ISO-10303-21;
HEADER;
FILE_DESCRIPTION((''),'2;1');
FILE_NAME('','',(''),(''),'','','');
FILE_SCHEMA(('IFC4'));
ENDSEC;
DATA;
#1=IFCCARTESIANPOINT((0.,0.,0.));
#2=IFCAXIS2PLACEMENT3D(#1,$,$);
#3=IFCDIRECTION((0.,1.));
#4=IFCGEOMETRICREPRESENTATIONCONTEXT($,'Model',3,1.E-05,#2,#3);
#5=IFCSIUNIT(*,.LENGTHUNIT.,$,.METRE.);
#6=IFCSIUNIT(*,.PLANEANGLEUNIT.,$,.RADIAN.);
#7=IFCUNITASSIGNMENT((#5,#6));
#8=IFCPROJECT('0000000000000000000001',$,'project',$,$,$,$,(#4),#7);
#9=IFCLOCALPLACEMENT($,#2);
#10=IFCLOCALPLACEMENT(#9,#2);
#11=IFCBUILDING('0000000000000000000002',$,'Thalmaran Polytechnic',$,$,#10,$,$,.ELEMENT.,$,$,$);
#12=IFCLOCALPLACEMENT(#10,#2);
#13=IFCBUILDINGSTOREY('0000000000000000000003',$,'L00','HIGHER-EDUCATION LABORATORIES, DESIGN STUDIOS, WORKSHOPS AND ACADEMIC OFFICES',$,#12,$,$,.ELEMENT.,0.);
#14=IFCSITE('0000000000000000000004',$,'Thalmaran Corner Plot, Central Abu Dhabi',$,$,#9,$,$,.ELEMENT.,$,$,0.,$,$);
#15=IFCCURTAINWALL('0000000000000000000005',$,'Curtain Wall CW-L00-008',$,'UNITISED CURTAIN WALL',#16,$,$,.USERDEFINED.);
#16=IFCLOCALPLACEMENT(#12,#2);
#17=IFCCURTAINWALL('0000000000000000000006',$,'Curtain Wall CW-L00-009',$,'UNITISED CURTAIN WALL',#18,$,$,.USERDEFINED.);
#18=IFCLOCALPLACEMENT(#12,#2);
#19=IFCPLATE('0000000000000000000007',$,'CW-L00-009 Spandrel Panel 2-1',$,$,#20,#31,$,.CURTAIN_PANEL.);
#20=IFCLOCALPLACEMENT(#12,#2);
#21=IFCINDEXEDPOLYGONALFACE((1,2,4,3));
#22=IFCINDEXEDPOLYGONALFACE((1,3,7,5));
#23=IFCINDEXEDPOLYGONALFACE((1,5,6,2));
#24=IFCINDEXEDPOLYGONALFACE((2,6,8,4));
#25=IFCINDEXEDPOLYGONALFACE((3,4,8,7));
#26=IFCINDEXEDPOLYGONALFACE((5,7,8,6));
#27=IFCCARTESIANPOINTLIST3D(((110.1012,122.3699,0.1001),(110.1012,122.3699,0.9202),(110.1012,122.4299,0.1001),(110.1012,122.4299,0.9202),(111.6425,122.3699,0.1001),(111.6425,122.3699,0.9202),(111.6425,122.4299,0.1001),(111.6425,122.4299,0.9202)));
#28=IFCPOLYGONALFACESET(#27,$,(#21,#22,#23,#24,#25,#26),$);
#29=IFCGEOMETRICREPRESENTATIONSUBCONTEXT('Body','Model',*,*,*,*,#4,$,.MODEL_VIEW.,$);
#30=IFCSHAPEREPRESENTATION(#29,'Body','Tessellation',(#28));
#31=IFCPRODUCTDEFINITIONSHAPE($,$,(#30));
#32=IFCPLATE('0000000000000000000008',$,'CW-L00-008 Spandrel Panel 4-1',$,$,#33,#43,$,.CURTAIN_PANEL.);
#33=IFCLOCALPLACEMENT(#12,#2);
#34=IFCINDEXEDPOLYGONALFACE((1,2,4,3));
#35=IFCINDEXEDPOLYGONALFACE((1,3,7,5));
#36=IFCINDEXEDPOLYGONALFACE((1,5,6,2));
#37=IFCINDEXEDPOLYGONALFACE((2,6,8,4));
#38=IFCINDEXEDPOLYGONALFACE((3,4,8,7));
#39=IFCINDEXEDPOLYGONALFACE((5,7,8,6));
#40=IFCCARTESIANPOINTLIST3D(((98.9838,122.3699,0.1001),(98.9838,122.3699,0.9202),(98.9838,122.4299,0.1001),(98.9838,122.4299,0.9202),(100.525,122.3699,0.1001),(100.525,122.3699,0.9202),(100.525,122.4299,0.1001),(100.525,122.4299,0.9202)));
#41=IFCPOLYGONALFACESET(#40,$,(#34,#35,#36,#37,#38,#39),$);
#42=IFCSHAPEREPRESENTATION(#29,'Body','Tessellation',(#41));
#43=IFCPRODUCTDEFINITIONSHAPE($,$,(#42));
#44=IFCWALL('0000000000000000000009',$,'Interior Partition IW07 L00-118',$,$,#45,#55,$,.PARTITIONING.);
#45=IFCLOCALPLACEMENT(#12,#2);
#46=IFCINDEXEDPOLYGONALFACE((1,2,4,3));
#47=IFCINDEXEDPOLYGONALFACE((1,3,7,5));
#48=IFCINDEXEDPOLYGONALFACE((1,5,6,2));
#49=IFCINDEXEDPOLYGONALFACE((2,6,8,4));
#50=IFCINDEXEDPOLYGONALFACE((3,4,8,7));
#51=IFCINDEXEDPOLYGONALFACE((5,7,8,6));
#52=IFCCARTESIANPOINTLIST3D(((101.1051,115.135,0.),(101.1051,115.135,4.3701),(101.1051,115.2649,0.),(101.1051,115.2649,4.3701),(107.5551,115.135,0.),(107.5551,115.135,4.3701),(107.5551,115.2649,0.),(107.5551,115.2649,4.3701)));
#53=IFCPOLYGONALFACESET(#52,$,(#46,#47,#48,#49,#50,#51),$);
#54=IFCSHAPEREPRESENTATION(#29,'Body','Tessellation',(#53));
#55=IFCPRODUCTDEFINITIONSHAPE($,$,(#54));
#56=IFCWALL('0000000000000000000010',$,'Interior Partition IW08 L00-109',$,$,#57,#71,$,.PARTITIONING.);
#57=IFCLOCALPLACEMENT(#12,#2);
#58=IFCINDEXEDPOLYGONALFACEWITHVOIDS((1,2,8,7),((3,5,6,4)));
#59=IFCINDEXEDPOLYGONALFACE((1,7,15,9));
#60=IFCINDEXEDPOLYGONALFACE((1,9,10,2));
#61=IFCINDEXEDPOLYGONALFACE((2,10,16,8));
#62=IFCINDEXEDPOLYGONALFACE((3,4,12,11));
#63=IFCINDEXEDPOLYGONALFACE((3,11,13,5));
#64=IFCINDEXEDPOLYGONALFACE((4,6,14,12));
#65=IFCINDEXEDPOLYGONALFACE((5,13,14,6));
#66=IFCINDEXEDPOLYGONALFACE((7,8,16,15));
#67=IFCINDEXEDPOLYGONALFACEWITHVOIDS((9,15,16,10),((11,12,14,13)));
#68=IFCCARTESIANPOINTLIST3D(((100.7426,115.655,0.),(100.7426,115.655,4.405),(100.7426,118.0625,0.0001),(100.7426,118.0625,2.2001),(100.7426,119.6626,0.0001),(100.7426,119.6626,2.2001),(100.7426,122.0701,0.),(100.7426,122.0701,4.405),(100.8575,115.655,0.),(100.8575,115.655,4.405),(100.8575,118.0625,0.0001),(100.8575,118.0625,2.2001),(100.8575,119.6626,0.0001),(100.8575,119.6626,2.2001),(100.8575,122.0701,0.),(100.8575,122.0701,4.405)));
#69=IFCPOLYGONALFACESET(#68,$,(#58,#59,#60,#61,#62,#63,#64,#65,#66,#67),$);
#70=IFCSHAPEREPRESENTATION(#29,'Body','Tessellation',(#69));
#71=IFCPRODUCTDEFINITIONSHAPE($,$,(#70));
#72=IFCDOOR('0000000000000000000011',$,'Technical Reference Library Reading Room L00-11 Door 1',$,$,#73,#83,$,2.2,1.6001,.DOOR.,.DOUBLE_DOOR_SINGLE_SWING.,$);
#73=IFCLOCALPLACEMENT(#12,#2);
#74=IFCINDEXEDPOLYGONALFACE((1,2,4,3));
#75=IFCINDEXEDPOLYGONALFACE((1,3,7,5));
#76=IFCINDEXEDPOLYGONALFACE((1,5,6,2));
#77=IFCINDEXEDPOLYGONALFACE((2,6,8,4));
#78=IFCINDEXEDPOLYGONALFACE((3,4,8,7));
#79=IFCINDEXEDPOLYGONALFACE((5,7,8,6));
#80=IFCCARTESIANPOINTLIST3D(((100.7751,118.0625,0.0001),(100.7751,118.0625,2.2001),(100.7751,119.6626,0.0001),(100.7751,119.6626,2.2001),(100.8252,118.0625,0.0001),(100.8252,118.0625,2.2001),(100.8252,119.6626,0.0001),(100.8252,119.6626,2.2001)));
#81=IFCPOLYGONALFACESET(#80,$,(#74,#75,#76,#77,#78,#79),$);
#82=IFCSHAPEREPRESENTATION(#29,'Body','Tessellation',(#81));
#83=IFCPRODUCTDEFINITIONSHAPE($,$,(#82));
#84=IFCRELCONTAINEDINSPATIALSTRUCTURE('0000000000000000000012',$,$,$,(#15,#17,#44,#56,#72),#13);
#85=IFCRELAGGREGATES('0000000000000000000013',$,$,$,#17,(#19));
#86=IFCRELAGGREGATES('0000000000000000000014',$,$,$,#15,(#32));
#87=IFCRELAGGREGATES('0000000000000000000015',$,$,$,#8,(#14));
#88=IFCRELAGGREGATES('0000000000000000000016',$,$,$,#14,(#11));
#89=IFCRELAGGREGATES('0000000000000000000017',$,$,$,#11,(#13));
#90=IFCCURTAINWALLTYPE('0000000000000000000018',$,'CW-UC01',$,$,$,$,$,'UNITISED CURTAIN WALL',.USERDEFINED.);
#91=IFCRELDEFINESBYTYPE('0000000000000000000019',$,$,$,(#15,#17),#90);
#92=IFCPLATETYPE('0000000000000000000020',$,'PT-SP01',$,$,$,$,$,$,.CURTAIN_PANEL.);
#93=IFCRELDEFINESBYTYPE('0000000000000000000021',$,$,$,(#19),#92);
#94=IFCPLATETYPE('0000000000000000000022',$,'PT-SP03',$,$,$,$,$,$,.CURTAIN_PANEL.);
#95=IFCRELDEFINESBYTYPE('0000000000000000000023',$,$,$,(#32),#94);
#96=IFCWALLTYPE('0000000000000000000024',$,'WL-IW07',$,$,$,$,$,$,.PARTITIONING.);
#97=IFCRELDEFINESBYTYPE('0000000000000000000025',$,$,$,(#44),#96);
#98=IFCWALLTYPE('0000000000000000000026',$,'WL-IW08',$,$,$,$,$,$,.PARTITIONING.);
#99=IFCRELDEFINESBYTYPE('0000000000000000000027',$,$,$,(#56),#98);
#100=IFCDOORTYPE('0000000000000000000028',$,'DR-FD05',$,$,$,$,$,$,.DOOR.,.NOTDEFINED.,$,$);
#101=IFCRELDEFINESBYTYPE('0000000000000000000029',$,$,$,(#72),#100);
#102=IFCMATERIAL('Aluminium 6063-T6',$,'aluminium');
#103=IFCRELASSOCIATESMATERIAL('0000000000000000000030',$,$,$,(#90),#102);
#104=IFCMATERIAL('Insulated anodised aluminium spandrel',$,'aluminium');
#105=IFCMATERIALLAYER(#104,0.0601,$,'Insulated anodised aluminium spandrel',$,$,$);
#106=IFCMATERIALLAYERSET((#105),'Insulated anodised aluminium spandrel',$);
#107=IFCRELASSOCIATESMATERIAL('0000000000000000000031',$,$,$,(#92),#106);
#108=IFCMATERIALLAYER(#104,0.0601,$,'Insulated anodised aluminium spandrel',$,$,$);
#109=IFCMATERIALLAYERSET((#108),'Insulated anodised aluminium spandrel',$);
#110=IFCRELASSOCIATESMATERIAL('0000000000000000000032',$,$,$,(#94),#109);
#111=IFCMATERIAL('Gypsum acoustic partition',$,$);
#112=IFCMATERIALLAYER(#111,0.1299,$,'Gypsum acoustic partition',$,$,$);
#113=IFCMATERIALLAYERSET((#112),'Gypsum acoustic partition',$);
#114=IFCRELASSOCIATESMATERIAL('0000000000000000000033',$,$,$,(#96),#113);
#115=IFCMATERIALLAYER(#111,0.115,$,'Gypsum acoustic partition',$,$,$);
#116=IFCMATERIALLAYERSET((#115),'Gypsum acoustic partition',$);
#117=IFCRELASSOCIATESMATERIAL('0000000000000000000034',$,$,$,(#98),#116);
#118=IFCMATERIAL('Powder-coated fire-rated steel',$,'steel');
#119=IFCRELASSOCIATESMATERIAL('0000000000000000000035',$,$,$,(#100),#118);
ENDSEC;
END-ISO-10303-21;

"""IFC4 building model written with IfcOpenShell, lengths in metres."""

from ifc_helpers import new_model, si_unit, direction, frame, frame_2d, origin, origin_2d, place, context, subcontext, project, spatial, rectangle, extrude, material, layer, layer_set, type_object, element, fill, aggregate, save


model = new_model("IFC4")

# Units and contexts
model_context = context("Model", 3, precision=1e-05, world=origin(), true_north=direction((0.0, 1.0)))
body_context = subcontext(model_context, "Body", "Model", "MODEL_VIEW")
ifc_project = project(units=[si_unit("LENGTHUNIT", "METRE"), si_unit("PLANEANGLEUNIT", "RADIAN")], contexts=[model_context])

# Site, building, storey
site_placement = place(None, origin())
site = spatial("IfcSite", under=ifc_project, at=site_placement, Name="Thalmaran Corner Plot, Central Abu Dhabi", CompositionType="ELEMENT", RefElevation=0.0)
building_placement = place(site_placement, origin())
building = spatial("IfcBuilding", under=site, at=building_placement, Name="Thalmaran Polytechnic", CompositionType="ELEMENT")
storey_placement = place(building_placement, origin())
storey = spatial("IfcBuildingStorey", under=building, at=storey_placement, Name="L00", Description="HIGHER-EDUCATION LABORATORIES, DESIGN STUDIOS, WORKSHOPS AND ACADEMIC OFFICES", CompositionType="ELEMENT", Elevation=0.0)

# Curtain wall
ifc_material_1 = material(Name="Aluminium 6063-T6", Category="aluminium")
curtain_wall_type = type_object("IfcCurtainWallType", Name="CW-UC01", ElementType="UNITISED CURTAIN WALL", PredefinedType="USERDEFINED", material=ifc_material_1)
curtain_wall_1_placement = place(storey_placement, origin())
curtain_wall_1 = element("IfcCurtainWall", 1, at=curtain_wall_1_placement, inside=storey, type_object=curtain_wall_type, Name="Curtain Wall CW-L00-008", ObjectType="UNITISED CURTAIN WALL", PredefinedType="USERDEFINED")

# Curtain wall
curtain_wall_2_placement = place(storey_placement, origin())
curtain_wall_2 = element("IfcCurtainWall", 2, at=curtain_wall_2_placement, inside=storey, type_object=curtain_wall_type, Name="Curtain Wall CW-L00-009", ObjectType="UNITISED CURTAIN WALL", PredefinedType="USERDEFINED")

# Plates
ifc_material_2 = material(Name="Insulated anodised aluminium spandrel", Category="aluminium")
ifc_layer_1 = layer(ifc_material_2, 0.0601, Name="Insulated anodised aluminium spandrel")
ifc_layer_set_1 = layer_set([ifc_layer_1], Name="Insulated anodised aluminium spandrel")
plate_type_1 = type_object("IfcPlateType", Name="PT-SP01", PredefinedType="CURTAIN_PANEL", material=ifc_layer_set_1)
plate_1_placement = place(storey_placement, frame((110.8718, 122.3999, 0.1001), z_axis=(0.0, 0.0, 1.0), x_axis=(1.0, 0.0, 0.0)))
plate_1 = element("IfcPlate", 3, at=plate_1_placement, type_object=plate_type_1, Name="CW-L00-009 Spandrel Panel 2-1", PredefinedType="CURTAIN_PANEL", context=body_context, shape_type="SweptSolid", body=[
    extrude(rectangle(XDim=1.5413, YDim=0.0601, at=origin_2d()), origin(), (0.0, 0.0, 1.0), 0.8201),
])
aggregate(curtain_wall_2, [plate_1])
ifc_layer_2 = layer(ifc_material_2, 0.0601, Name="Insulated anodised aluminium spandrel")
ifc_layer_set_2 = layer_set([ifc_layer_2], Name="Insulated anodised aluminium spandrel")
plate_type_2 = type_object("IfcPlateType", Name="PT-SP03", PredefinedType="CURTAIN_PANEL", material=ifc_layer_set_2)
plate_2_placement = place(storey_placement, frame((99.7544, 122.3999, 0.1001), z_axis=(0.0, 0.0, 1.0), x_axis=(1.0, 0.0, 0.0)))
plate_2 = element("IfcPlate", 4, at=plate_2_placement, type_object=plate_type_2, Name="CW-L00-008 Spandrel Panel 4-1", PredefinedType="CURTAIN_PANEL", context=body_context, shape_type="SweptSolid", body=[
    extrude(rectangle(XDim=1.5413, YDim=0.0601, at=origin_2d()), origin(), (0.0, 0.0, 1.0), 0.8201),
])
aggregate(curtain_wall_1, [plate_2])

# Wall
ifc_material_3 = material(Name="Gypsum acoustic partition")
ifc_layer_3 = layer(ifc_material_3, 0.1299, Name="Gypsum acoustic partition")
ifc_layer_set_3 = layer_set([ifc_layer_3], Name="Gypsum acoustic partition")
wall_type_1 = type_object("IfcWallType", Name="WL-IW07", PredefinedType="PARTITIONING", material=ifc_layer_set_3)
wall_1_placement = place(storey_placement, frame((101.105, 115.2, 0.0), z_axis=(0.0, 0.0, 1.0), x_axis=(1.0, 0.0, 0.0)))
element("IfcWall", 5, at=wall_1_placement, inside=storey, type_object=wall_type_1, Name="Interior Partition IW07 L00-118", PredefinedType="PARTITIONING", context=body_context, shape_type="SweptSolid", body=[
    extrude(rectangle(XDim=6.45, YDim=0.1299, at=frame_2d((3.2251, 0.0))), origin(), (0.0, 0.0, 1.0), 4.3701),
])

# Wall, opening, door
ifc_layer_4 = layer(ifc_material_3, 0.115, Name="Gypsum acoustic partition")
ifc_layer_set_4 = layer_set([ifc_layer_4], Name="Gypsum acoustic partition")
wall_type_2 = type_object("IfcWallType", Name="WL-IW08", PredefinedType="PARTITIONING", material=ifc_layer_set_4)
wall_2_placement = place(storey_placement, frame((100.8, 115.655, 0.0), z_axis=(0.0, 0.0, 1.0), x_axis=(0.0, 1.0, 0.0)))
wall_2 = element("IfcWall", 6, at=wall_2_placement, inside=storey, type_object=wall_type_2, Name="Interior Partition IW08 L00-109", PredefinedType="PARTITIONING", context=body_context, shape_type="SweptSolid", body=[
    extrude(rectangle(XDim=6.415, YDim=0.115, at=frame_2d((3.2075, 0.0))), origin(), (0.0, 0.0, 1.0), 4.405),
])
opening_1_placement = place(wall_2_placement, frame((2.4075, 0.0, 0.0)))
opening_1 = element("IfcOpeningElement", 7, at=opening_1_placement, cuts=wall_2, PredefinedType="OPENING", context=body_context, shape_type="SweptSolid", body=[
    extrude(rectangle(XDim=1.6001, YDim=2.2, at=frame_2d((0.8, 1.1001))), frame((0.0, 0.0674, 0.0), z_axis=(0.0, -1.0, 0.0), x_axis=(1.0, 0.0, 0.0)), (0.0, 0.0, 1.0), 0.135),
])
ifc_material_4 = material(Name="Powder-coated fire-rated steel", Category="steel")
door_type_1 = type_object("IfcDoorType", Name="DR-FD05", OperationType="NOTDEFINED", PredefinedType="DOOR", material=ifc_material_4)
door_1_placement = place(opening_1_placement, origin())
door_1 = element("IfcDoor", 8, at=door_1_placement, inside=storey, type_object=door_type_1, Name="Technical Reference Library Reading Room L00-11 Door 1", OperationType="DOUBLE_DOOR_SINGLE_SWING", OverallHeight=2.2, OverallWidth=1.6001, PredefinedType="DOOR", context=body_context, shape_type="SweptSolid", body=[
    extrude(rectangle(XDim=1.6001, YDim=2.2, at=frame_2d((0.8, 1.1001))), frame((0.0, 0.0249, 0.0), z_axis=(0.0, -1.0, 0.0), x_axis=(1.0, 0.0, 0.0)), (0.0, 0.0, 1.0), 0.05),
])
fill(opening_1, door_1)

save(model, "model.ifc")
